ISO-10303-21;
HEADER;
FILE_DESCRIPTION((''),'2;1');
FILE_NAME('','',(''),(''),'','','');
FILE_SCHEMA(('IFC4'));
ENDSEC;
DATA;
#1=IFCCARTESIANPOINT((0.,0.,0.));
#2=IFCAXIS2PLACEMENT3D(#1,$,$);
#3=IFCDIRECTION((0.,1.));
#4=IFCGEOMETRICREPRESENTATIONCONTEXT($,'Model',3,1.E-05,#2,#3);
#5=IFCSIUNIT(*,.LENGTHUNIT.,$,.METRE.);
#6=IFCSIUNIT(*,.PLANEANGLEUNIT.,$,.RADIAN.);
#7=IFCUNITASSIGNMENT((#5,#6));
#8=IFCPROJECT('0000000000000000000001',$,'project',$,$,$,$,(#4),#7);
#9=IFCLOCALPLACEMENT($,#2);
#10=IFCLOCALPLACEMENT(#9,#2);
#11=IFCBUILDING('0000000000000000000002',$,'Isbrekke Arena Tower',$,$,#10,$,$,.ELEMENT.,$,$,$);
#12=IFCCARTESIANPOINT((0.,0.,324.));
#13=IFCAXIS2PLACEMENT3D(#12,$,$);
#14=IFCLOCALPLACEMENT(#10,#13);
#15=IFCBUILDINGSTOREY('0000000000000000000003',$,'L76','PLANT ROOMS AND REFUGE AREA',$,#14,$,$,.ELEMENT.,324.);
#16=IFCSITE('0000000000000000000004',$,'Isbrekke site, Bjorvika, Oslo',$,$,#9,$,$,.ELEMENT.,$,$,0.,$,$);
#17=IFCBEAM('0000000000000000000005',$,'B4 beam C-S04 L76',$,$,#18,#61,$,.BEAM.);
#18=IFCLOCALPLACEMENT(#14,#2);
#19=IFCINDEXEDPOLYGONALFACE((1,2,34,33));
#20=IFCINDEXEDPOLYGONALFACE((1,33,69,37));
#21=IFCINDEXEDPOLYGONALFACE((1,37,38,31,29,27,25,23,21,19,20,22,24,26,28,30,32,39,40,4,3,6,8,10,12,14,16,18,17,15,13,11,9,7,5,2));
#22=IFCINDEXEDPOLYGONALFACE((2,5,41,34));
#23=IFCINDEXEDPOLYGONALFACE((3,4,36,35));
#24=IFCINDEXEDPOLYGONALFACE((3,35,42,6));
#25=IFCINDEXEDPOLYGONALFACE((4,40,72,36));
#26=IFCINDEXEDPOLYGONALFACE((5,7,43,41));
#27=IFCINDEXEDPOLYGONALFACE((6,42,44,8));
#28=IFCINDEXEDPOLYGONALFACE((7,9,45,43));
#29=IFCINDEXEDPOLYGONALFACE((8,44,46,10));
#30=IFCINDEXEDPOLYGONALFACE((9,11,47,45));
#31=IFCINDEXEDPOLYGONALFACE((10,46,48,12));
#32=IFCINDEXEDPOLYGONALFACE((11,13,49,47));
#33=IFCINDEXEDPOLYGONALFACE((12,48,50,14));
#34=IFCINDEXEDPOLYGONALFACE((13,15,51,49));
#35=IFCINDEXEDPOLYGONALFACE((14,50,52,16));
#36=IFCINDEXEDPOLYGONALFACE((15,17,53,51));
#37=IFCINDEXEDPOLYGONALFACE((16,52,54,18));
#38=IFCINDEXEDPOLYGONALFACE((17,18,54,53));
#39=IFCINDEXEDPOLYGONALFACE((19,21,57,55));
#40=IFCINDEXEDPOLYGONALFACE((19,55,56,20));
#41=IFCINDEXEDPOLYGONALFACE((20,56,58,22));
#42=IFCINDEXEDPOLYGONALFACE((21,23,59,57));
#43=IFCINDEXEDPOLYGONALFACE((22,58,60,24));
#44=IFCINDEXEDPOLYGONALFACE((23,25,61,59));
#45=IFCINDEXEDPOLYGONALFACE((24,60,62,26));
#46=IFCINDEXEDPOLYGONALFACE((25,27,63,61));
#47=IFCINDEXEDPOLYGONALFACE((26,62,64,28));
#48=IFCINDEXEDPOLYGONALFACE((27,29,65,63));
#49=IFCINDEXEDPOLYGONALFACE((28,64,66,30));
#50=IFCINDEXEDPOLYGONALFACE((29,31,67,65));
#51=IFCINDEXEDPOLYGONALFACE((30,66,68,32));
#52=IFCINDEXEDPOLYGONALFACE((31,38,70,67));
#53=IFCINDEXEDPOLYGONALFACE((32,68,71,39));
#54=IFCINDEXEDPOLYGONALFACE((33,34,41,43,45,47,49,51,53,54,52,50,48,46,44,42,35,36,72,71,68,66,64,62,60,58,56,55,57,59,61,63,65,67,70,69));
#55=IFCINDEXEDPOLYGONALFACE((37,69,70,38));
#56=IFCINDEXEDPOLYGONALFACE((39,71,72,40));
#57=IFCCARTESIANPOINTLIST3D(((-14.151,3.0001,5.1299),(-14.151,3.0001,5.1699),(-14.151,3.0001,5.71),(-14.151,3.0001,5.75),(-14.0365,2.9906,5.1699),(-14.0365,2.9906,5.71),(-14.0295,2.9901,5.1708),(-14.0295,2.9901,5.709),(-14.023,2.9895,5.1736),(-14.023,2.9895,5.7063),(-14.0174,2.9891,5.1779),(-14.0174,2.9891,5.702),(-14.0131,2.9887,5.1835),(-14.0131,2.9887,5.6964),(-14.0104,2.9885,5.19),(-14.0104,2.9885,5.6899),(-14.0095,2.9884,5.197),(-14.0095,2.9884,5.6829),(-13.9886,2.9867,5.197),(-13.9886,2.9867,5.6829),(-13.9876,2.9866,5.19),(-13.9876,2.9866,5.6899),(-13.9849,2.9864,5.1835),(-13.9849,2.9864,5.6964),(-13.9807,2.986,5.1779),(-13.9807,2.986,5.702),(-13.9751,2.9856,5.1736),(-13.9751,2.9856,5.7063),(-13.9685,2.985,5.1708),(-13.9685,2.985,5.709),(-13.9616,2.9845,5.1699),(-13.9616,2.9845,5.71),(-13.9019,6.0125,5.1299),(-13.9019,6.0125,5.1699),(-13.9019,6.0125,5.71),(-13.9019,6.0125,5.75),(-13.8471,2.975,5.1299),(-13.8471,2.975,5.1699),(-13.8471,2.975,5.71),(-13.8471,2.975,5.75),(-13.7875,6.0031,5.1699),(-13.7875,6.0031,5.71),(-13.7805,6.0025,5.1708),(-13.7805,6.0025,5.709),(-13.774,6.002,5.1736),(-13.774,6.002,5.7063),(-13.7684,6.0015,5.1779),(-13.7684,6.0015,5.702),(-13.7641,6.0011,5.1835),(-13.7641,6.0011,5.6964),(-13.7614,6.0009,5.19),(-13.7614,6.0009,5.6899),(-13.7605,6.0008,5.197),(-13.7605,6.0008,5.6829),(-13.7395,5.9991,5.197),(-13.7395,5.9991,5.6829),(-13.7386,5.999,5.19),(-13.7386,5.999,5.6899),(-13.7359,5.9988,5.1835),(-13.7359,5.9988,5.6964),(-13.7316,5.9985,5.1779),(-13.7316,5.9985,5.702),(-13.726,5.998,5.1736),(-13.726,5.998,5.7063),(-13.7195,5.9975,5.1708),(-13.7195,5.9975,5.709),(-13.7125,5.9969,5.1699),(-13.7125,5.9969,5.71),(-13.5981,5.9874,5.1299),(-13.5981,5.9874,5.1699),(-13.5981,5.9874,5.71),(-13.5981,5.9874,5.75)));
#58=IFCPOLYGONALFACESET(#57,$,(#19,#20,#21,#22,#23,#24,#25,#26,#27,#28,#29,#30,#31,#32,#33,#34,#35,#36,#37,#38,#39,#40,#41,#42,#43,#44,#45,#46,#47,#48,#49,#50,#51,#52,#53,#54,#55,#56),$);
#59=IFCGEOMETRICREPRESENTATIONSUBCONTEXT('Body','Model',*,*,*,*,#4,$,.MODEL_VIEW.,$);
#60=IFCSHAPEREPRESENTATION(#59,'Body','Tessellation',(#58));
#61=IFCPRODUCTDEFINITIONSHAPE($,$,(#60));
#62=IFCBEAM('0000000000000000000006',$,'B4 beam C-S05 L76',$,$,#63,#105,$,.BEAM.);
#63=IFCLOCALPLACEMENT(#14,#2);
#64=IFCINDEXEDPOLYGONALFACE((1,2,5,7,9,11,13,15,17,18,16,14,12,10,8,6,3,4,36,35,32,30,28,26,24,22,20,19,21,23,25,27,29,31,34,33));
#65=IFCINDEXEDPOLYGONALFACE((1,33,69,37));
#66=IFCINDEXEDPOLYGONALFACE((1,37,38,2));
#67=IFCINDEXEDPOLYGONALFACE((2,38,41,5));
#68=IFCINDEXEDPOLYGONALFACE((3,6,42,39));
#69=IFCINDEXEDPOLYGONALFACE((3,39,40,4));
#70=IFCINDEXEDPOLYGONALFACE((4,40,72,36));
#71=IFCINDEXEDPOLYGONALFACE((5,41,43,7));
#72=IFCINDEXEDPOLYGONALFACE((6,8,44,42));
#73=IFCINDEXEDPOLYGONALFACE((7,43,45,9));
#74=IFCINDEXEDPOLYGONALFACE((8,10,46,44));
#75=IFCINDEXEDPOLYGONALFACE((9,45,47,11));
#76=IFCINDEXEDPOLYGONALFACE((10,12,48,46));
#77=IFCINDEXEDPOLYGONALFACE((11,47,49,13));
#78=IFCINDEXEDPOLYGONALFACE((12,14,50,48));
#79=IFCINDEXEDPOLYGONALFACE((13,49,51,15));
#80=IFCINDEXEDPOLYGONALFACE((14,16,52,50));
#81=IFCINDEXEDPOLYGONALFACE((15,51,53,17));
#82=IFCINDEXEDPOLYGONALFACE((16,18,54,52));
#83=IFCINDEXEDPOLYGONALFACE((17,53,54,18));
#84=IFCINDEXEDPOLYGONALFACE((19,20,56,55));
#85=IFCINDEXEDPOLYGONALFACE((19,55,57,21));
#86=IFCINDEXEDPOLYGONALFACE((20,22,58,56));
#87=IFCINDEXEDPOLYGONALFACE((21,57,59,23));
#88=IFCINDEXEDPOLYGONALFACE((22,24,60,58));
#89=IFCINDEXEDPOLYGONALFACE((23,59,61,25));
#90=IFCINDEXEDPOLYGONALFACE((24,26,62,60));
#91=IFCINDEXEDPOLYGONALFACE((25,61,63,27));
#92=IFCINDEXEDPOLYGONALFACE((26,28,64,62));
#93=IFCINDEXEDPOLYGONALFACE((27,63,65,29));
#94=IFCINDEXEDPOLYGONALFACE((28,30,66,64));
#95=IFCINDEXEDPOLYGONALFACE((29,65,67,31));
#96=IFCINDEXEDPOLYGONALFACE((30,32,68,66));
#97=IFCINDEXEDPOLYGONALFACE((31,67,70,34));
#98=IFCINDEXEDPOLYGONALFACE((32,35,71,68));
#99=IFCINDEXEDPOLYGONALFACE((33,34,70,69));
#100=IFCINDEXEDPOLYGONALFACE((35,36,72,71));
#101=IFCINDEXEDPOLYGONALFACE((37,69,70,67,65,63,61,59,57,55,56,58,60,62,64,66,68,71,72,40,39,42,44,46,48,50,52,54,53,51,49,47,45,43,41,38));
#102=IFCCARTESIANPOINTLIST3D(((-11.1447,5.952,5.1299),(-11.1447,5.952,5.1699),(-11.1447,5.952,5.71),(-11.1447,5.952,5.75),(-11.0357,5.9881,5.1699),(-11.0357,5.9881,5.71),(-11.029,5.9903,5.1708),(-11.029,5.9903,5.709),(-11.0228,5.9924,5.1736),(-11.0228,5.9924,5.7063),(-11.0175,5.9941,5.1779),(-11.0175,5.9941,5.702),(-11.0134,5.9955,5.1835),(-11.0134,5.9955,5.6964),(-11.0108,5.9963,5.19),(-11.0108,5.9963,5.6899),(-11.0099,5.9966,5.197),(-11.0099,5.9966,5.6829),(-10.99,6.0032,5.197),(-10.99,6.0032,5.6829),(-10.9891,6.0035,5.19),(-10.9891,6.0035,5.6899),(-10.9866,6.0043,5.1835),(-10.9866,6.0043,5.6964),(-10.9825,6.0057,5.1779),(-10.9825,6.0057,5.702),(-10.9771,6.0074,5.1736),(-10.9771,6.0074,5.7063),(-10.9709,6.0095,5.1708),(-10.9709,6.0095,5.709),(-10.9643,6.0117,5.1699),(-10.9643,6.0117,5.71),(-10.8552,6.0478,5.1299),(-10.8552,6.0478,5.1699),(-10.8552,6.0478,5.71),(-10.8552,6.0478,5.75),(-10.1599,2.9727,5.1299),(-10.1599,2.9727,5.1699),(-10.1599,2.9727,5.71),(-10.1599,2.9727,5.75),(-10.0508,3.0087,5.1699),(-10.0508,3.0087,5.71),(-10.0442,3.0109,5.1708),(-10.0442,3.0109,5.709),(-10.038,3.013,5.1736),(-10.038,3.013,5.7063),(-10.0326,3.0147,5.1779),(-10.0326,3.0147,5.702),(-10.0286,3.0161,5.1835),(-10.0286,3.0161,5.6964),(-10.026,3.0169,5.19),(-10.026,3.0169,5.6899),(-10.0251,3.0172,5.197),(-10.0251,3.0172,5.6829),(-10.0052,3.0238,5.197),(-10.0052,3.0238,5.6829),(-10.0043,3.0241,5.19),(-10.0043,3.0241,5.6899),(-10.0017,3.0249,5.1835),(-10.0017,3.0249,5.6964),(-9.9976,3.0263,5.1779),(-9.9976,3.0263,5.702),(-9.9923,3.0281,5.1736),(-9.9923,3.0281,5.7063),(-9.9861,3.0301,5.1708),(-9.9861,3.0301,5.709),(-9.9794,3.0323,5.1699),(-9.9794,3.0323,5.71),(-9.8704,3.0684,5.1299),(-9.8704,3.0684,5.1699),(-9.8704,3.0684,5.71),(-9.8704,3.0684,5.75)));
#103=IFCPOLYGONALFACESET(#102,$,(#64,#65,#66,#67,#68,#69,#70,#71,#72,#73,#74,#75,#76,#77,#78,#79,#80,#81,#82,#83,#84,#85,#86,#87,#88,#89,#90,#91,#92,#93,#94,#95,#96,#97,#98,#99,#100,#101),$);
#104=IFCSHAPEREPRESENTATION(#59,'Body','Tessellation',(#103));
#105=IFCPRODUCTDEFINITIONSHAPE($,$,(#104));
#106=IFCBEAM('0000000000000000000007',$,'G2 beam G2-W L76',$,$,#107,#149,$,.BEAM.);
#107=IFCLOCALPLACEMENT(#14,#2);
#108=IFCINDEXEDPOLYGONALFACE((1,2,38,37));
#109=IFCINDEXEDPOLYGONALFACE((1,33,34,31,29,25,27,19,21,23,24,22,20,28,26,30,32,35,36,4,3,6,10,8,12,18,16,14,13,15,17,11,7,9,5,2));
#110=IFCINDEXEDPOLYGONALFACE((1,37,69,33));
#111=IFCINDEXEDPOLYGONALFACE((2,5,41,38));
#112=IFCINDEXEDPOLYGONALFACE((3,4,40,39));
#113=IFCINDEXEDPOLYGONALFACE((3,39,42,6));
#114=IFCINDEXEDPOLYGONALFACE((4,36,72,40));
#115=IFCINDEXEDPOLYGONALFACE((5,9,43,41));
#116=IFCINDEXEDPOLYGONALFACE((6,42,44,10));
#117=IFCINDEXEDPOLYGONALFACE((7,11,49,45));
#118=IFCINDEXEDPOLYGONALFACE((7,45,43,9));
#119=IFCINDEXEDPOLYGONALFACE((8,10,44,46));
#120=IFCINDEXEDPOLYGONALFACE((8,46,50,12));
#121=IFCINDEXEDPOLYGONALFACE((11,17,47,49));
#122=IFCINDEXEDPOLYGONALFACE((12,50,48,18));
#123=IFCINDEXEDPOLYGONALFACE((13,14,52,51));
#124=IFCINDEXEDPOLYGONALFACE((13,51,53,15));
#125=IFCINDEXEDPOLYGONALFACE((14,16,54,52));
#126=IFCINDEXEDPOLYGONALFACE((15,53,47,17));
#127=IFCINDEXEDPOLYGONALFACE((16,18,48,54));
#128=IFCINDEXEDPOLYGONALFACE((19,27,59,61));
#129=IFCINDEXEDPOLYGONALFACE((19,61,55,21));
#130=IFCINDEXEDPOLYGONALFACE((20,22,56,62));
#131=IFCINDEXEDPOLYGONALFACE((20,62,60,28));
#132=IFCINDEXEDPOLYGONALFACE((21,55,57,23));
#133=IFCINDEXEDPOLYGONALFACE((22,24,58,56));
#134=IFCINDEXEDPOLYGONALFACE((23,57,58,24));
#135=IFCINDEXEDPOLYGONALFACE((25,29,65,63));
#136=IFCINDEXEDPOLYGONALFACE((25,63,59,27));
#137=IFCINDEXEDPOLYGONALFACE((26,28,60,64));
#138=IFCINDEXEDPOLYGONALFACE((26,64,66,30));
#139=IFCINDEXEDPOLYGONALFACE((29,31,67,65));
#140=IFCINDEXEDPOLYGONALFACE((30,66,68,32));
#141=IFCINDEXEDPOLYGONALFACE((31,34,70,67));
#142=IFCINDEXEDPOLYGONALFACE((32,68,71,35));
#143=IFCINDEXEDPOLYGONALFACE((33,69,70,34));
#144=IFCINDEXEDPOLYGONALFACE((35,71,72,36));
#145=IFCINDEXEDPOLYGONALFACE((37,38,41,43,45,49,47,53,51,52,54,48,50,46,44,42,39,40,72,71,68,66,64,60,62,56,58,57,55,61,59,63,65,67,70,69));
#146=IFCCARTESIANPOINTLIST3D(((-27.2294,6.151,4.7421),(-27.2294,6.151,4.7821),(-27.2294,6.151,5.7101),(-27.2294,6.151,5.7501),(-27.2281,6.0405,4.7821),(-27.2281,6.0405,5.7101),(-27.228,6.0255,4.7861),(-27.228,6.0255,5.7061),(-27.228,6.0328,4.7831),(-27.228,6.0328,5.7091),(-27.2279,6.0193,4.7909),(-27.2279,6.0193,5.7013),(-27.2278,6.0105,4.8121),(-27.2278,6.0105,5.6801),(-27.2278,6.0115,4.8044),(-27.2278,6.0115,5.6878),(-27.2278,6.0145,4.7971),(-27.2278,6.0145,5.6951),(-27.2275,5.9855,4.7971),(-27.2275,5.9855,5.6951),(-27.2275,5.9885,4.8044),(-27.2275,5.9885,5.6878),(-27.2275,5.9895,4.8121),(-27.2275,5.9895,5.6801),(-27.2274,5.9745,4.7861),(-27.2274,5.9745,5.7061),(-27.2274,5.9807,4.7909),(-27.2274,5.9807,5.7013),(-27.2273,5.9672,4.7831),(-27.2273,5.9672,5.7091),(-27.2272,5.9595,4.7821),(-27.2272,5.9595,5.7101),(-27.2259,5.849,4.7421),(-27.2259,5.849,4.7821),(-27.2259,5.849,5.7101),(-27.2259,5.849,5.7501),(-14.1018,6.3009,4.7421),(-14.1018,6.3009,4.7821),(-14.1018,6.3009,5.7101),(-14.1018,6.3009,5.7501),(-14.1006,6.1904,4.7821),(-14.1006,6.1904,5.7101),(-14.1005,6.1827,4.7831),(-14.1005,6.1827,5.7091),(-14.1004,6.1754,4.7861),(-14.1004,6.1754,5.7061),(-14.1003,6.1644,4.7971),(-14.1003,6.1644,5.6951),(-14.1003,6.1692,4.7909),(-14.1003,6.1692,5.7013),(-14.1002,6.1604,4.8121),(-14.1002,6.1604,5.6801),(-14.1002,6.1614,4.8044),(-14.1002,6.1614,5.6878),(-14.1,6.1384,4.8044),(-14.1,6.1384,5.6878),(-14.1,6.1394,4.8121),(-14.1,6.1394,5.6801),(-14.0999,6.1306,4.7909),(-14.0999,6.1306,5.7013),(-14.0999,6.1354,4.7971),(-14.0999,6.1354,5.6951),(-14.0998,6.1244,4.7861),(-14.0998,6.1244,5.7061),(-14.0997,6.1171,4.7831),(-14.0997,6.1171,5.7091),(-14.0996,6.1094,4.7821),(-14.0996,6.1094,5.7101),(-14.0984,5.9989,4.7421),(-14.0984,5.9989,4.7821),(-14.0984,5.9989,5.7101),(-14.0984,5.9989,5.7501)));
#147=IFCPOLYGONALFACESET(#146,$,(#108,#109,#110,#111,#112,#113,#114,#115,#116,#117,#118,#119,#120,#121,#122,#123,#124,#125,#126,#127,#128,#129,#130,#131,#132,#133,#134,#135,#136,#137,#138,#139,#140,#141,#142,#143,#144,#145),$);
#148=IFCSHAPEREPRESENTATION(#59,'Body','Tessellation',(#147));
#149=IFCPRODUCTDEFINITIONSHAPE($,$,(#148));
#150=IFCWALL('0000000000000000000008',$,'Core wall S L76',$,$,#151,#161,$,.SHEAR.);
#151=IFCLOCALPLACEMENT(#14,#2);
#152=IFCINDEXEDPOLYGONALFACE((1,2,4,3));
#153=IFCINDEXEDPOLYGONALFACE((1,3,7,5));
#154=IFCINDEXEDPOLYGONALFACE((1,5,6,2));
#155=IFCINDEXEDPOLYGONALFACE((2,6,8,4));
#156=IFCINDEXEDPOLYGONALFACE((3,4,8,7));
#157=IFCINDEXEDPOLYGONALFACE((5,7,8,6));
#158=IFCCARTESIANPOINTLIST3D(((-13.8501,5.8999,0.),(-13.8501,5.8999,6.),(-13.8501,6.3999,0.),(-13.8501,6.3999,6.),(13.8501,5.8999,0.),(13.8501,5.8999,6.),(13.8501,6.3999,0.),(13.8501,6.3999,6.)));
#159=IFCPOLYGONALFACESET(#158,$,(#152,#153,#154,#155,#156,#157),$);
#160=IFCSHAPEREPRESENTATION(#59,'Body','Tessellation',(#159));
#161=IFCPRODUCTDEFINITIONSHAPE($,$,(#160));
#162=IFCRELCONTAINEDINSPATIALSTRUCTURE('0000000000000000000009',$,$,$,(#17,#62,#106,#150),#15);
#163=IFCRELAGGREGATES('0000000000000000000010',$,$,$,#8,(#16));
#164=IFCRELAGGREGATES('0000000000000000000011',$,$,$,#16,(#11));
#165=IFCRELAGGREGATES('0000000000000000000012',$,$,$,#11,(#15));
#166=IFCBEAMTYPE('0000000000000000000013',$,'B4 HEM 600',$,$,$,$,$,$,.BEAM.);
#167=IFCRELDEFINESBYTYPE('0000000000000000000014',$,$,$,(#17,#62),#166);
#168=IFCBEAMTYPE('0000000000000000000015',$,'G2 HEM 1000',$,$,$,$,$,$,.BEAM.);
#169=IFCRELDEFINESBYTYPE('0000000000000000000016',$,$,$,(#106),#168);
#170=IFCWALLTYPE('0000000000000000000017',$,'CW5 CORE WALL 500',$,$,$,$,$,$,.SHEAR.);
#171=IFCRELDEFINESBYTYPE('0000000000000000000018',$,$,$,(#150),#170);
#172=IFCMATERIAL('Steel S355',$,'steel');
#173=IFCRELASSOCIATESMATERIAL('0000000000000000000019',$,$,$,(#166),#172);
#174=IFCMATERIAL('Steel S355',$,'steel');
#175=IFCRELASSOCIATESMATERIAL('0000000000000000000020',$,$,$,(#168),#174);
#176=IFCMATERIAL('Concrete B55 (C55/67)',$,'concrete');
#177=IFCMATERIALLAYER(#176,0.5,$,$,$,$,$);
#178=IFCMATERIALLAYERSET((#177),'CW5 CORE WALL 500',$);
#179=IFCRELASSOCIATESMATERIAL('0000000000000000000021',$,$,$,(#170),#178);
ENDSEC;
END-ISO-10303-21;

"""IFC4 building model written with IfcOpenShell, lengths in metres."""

from ifc_helpers import new_model, si_unit, direction, frame, frame_2d, origin, origin_2d, place, context, subcontext, project, spatial, rectangle, i_section, extrude, material, layer, layer_set, material_profile, profile_set, type_object, element, save


model = new_model("IFC4")

# Units and contexts
model_context = context("Model", 3, precision=1e-05, world=origin(), true_north=direction((0.0, 1.0)))
body_context = subcontext(model_context, "Body", "Model", "MODEL_VIEW")
ifc_project = project(units=[si_unit("LENGTHUNIT", "METRE"), si_unit("PLANEANGLEUNIT", "RADIAN")], contexts=[model_context])

# Site, building, storey
site_placement = place(None, origin())
site = spatial("IfcSite", under=ifc_project, at=site_placement, Name="Isbrekke site, Bjorvika, Oslo", CompositionType="ELEMENT", RefElevation=0.0)
building_placement = place(site_placement, origin())
building = spatial("IfcBuilding", under=site, at=building_placement, Name="Isbrekke Arena Tower", CompositionType="ELEMENT")
storey_placement = place(building_placement, frame((0.0, 0.0, 324.0)))
storey = spatial("IfcBuildingStorey", under=building, at=storey_placement, Name="L76", Description="PLANT ROOMS AND REFUGE AREA", CompositionType="ELEMENT", Elevation=324.0)

# Beams
ifc_material_1 = material(Name="Steel S355", Category="steel")
ifc_material_profile_1 = material_profile(ifc_material_1, i_section(OverallWidth=0.3049, OverallDepth=0.6201, WebThickness=0.021, FlangeThickness=0.04, FilletRadius=0.0271, at=origin_2d()), Name="HEM 600")
ifc_profile_set_1 = profile_set([ifc_material_profile_1], Name="Steel S355")
beam_type_1 = type_object("IfcBeamType", Name="B4 HEM 600", PredefinedType="BEAM", material=ifc_profile_set_1)
beam_1_placement = place(storey_placement, frame((-13.999, 2.9875, 5.4399), z_axis=(0.082384, 0.996601, 0.0), x_axis=(-0.996601, 0.082384, 0.0)))
element("IfcBeam", 1, at=beam_1_placement, inside=storey, type_object=beam_type_1, Name="B4 beam C-S04 L76", PredefinedType="BEAM", context=body_context, shape_type="SweptSolid", body=[
    extrude(i_section(OverallWidth=0.3049, OverallDepth=0.6201, WebThickness=0.021, FlangeThickness=0.04, FilletRadius=0.0271, at=origin_2d()), origin(), (0.0, 0.0, 1.0), 3.0227),
])
beam_2_placement = place(storey_placement, frame((-10.0151, 3.0205, 5.4399), z_axis=(-0.313846, 0.949474, 0.0), x_axis=(-0.949474, -0.313846, 0.0)))
element("IfcBeam", 2, at=beam_2_placement, inside=storey, type_object=beam_type_1, Name="B4 beam C-S05 L76", PredefinedType="BEAM", context=body_context, shape_type="SweptSolid", body=[
    extrude(i_section(OverallWidth=0.3049, OverallDepth=0.6201, WebThickness=0.021, FlangeThickness=0.04, FilletRadius=0.0271, at=origin_2d()), origin(), (0.0, 0.0, 1.0), 3.1379),
])
ifc_material_2 = material(Name="Steel S355", Category="steel")
ifc_material_profile_2 = material_profile(ifc_material_2, i_section(OverallWidth=0.302, OverallDepth=1.0081, WebThickness=0.021, FlangeThickness=0.04, FilletRadius=0.03, at=origin_2d()), Name="HEM 1000")
ifc_profile_set_2 = profile_set([ifc_material_profile_2], Name="Steel S355")
beam_type_2 = type_object("IfcBeamType", Name="G2 HEM 1000", PredefinedType="BEAM", material=ifc_profile_set_2)
beam_3_placement = place(storey_placement, frame((-14.1001, 6.1499, 5.2461), z_axis=(-0.999935, -0.011418, 0.0), x_axis=(0.011418, -0.999935, 0.0)))
element("IfcBeam", 3, at=beam_3_placement, inside=storey, type_object=beam_type_2, Name="G2 beam G2-W L76", PredefinedType="BEAM", context=body_context, shape_type="SweptSolid", body=[
    extrude(i_section(OverallWidth=0.302, OverallDepth=1.0081, WebThickness=0.021, FlangeThickness=0.04, FilletRadius=0.03, at=origin_2d()), origin(), (0.0, 0.0, 1.0), 13.1284),
])

# Wall
ifc_material_3 = material(Name="Concrete B55 (C55/67)", Category="concrete")
ifc_layer_1 = layer(ifc_material_3, 0.5)
ifc_layer_set_1 = layer_set([ifc_layer_1], Name="CW5 CORE WALL 500")
wall_type_1 = type_object("IfcWallType", Name="CW5 CORE WALL 500", PredefinedType="SHEAR", material=ifc_layer_set_1)
wall_1_placement = place(storey_placement, frame((-13.8501, 6.1499, 0.0), z_axis=(0.0, 0.0, 1.0), x_axis=(1.0, 0.0, 0.0)))
element("IfcWall", 4, at=wall_1_placement, inside=storey, type_object=wall_type_1, Name="Core wall S L76", PredefinedType="SHEAR", context=body_context, shape_type="SweptSolid", body=[
    extrude(rectangle(XDim=27.7002, YDim=0.5, at=frame_2d((13.8501, 0.0))), origin(), (0.0, 0.0, 1.0), 6.0),
])

save(model, "model.ifc")
